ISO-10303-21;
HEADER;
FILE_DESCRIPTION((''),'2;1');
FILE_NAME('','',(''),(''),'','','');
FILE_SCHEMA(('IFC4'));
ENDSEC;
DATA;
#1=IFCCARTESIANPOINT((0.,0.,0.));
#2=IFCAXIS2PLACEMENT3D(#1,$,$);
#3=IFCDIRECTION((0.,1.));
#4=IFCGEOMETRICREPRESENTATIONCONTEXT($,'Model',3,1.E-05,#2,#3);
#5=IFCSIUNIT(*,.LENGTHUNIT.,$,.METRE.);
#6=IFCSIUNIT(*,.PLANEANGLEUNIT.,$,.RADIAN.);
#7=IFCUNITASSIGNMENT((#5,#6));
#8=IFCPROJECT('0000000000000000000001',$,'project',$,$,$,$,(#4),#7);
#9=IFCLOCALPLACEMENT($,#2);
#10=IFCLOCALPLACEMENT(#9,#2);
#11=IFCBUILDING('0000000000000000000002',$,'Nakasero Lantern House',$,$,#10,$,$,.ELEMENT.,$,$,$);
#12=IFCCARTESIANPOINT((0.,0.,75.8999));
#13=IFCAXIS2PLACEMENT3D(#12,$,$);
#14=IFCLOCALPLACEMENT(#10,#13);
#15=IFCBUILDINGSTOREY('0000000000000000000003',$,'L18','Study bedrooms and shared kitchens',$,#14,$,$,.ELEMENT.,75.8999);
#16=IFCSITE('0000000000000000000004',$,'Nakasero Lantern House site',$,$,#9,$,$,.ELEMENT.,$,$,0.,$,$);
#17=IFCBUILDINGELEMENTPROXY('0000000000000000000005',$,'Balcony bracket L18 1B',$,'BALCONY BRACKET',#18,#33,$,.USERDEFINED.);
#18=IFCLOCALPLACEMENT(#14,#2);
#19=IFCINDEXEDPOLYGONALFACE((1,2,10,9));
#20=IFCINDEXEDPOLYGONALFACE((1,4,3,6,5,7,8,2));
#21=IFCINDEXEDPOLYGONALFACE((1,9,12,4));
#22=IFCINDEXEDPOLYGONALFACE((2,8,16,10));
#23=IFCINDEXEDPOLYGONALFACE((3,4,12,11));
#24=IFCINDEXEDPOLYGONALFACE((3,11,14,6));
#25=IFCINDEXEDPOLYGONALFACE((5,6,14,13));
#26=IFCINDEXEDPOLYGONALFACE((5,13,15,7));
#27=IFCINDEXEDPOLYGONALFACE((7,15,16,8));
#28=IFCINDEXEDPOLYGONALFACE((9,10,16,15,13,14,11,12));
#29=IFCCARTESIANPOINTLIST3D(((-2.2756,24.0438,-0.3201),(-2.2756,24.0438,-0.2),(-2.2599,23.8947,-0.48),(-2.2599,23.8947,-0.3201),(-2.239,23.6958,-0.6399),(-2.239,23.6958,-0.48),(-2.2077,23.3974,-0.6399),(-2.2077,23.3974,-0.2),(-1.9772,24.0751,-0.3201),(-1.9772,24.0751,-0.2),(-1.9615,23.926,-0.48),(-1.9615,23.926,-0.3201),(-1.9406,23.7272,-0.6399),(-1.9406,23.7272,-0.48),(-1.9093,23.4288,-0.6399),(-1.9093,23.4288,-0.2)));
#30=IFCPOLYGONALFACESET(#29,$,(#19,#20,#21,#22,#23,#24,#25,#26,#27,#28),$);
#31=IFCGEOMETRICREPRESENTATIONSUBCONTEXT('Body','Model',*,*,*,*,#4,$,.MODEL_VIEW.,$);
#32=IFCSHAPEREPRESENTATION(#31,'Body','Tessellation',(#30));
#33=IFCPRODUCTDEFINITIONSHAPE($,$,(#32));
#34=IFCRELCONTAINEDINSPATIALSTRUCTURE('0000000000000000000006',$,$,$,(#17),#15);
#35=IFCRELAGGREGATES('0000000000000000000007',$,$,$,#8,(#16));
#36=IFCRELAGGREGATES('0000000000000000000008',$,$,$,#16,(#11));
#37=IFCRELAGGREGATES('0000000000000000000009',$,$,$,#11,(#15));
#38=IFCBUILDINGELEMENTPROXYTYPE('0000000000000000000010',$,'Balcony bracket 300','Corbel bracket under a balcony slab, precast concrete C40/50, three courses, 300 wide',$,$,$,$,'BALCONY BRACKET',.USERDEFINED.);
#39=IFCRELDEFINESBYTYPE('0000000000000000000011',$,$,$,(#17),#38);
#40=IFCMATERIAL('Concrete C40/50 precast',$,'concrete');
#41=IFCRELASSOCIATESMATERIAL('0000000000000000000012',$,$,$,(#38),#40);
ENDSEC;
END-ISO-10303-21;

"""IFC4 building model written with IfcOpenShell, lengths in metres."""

from ifc_helpers import new_model, si_unit, direction, frame, origin, place, context, subcontext, project, spatial, polyline, outline, extrude, material, type_object, element, save


model = new_model("IFC4")

# Units and contexts
model_context = context("Model", 3, precision=1e-05, world=origin(), true_north=direction((0.0, 1.0)))
body_context = subcontext(model_context, "Body", "Model", "MODEL_VIEW")
ifc_project = project(units=[si_unit("LENGTHUNIT", "METRE"), si_unit("PLANEANGLEUNIT", "RADIAN")], contexts=[model_context])

# Site, building, storey
site_placement = place(None, origin())
site = spatial("IfcSite", under=ifc_project, at=site_placement, Name="Nakasero Lantern House site", CompositionType="ELEMENT", RefElevation=0.0)
building_placement = place(site_placement, origin())
building = spatial("IfcBuilding", under=site, at=building_placement, Name="Nakasero Lantern House", CompositionType="ELEMENT")
storey_placement = place(building_placement, frame((0.0, 0.0, 75.8999)))
storey = spatial("IfcBuildingStorey", under=building, at=storey_placement, Name="L18", Description="Study bedrooms and shared kitchens", CompositionType="ELEMENT", Elevation=75.8999)

# Building element proxy
ifc_material_1 = material(Name="Concrete C40/50 precast", Category="concrete")
building_element_proxy_type = type_object("IfcBuildingElementProxyType", Name="Balcony bracket 300", Description="Corbel bracket under a balcony slab, precast concrete C40/50, three courses, 300 wide", ElementType="BALCONY BRACKET", PredefinedType="USERDEFINED", material=ifc_material_1)
for number, where, z_axis, x_axis, name in (
    (1, (-2.0586, 23.4131, -0.2), (0.0, 0.0, 1.0), (-0.104528, 0.994522, 0.0), "Balcony bracket L18 1B"),
):
    element("IfcBuildingElementProxy", number, at=place(storey_placement, frame(where, z_axis=z_axis, x_axis=x_axis)), inside=storey, type_object=building_element_proxy_type, Name=name, ObjectType="BALCONY BRACKET", PredefinedType="USERDEFINED", context=body_context, shape_type="SweptSolid", body=[
        extrude(outline(polyline([(0.0, 0.0), (0.6499, 0.0), (0.6499, -0.1201), (0.5, -0.1201), (0.5, -0.28), (0.3, -0.28), (0.3, -0.4399), (0.0, -0.4399), (0.0, 0.0)])), frame((0.0, 0.1499, 0.0), z_axis=(0.0, -1.0, 0.0), x_axis=(1.0, 0.0, 0.0)), (0.0, 0.0, 1.0), 0.3),
    ])

save(model, "model.ifc")
